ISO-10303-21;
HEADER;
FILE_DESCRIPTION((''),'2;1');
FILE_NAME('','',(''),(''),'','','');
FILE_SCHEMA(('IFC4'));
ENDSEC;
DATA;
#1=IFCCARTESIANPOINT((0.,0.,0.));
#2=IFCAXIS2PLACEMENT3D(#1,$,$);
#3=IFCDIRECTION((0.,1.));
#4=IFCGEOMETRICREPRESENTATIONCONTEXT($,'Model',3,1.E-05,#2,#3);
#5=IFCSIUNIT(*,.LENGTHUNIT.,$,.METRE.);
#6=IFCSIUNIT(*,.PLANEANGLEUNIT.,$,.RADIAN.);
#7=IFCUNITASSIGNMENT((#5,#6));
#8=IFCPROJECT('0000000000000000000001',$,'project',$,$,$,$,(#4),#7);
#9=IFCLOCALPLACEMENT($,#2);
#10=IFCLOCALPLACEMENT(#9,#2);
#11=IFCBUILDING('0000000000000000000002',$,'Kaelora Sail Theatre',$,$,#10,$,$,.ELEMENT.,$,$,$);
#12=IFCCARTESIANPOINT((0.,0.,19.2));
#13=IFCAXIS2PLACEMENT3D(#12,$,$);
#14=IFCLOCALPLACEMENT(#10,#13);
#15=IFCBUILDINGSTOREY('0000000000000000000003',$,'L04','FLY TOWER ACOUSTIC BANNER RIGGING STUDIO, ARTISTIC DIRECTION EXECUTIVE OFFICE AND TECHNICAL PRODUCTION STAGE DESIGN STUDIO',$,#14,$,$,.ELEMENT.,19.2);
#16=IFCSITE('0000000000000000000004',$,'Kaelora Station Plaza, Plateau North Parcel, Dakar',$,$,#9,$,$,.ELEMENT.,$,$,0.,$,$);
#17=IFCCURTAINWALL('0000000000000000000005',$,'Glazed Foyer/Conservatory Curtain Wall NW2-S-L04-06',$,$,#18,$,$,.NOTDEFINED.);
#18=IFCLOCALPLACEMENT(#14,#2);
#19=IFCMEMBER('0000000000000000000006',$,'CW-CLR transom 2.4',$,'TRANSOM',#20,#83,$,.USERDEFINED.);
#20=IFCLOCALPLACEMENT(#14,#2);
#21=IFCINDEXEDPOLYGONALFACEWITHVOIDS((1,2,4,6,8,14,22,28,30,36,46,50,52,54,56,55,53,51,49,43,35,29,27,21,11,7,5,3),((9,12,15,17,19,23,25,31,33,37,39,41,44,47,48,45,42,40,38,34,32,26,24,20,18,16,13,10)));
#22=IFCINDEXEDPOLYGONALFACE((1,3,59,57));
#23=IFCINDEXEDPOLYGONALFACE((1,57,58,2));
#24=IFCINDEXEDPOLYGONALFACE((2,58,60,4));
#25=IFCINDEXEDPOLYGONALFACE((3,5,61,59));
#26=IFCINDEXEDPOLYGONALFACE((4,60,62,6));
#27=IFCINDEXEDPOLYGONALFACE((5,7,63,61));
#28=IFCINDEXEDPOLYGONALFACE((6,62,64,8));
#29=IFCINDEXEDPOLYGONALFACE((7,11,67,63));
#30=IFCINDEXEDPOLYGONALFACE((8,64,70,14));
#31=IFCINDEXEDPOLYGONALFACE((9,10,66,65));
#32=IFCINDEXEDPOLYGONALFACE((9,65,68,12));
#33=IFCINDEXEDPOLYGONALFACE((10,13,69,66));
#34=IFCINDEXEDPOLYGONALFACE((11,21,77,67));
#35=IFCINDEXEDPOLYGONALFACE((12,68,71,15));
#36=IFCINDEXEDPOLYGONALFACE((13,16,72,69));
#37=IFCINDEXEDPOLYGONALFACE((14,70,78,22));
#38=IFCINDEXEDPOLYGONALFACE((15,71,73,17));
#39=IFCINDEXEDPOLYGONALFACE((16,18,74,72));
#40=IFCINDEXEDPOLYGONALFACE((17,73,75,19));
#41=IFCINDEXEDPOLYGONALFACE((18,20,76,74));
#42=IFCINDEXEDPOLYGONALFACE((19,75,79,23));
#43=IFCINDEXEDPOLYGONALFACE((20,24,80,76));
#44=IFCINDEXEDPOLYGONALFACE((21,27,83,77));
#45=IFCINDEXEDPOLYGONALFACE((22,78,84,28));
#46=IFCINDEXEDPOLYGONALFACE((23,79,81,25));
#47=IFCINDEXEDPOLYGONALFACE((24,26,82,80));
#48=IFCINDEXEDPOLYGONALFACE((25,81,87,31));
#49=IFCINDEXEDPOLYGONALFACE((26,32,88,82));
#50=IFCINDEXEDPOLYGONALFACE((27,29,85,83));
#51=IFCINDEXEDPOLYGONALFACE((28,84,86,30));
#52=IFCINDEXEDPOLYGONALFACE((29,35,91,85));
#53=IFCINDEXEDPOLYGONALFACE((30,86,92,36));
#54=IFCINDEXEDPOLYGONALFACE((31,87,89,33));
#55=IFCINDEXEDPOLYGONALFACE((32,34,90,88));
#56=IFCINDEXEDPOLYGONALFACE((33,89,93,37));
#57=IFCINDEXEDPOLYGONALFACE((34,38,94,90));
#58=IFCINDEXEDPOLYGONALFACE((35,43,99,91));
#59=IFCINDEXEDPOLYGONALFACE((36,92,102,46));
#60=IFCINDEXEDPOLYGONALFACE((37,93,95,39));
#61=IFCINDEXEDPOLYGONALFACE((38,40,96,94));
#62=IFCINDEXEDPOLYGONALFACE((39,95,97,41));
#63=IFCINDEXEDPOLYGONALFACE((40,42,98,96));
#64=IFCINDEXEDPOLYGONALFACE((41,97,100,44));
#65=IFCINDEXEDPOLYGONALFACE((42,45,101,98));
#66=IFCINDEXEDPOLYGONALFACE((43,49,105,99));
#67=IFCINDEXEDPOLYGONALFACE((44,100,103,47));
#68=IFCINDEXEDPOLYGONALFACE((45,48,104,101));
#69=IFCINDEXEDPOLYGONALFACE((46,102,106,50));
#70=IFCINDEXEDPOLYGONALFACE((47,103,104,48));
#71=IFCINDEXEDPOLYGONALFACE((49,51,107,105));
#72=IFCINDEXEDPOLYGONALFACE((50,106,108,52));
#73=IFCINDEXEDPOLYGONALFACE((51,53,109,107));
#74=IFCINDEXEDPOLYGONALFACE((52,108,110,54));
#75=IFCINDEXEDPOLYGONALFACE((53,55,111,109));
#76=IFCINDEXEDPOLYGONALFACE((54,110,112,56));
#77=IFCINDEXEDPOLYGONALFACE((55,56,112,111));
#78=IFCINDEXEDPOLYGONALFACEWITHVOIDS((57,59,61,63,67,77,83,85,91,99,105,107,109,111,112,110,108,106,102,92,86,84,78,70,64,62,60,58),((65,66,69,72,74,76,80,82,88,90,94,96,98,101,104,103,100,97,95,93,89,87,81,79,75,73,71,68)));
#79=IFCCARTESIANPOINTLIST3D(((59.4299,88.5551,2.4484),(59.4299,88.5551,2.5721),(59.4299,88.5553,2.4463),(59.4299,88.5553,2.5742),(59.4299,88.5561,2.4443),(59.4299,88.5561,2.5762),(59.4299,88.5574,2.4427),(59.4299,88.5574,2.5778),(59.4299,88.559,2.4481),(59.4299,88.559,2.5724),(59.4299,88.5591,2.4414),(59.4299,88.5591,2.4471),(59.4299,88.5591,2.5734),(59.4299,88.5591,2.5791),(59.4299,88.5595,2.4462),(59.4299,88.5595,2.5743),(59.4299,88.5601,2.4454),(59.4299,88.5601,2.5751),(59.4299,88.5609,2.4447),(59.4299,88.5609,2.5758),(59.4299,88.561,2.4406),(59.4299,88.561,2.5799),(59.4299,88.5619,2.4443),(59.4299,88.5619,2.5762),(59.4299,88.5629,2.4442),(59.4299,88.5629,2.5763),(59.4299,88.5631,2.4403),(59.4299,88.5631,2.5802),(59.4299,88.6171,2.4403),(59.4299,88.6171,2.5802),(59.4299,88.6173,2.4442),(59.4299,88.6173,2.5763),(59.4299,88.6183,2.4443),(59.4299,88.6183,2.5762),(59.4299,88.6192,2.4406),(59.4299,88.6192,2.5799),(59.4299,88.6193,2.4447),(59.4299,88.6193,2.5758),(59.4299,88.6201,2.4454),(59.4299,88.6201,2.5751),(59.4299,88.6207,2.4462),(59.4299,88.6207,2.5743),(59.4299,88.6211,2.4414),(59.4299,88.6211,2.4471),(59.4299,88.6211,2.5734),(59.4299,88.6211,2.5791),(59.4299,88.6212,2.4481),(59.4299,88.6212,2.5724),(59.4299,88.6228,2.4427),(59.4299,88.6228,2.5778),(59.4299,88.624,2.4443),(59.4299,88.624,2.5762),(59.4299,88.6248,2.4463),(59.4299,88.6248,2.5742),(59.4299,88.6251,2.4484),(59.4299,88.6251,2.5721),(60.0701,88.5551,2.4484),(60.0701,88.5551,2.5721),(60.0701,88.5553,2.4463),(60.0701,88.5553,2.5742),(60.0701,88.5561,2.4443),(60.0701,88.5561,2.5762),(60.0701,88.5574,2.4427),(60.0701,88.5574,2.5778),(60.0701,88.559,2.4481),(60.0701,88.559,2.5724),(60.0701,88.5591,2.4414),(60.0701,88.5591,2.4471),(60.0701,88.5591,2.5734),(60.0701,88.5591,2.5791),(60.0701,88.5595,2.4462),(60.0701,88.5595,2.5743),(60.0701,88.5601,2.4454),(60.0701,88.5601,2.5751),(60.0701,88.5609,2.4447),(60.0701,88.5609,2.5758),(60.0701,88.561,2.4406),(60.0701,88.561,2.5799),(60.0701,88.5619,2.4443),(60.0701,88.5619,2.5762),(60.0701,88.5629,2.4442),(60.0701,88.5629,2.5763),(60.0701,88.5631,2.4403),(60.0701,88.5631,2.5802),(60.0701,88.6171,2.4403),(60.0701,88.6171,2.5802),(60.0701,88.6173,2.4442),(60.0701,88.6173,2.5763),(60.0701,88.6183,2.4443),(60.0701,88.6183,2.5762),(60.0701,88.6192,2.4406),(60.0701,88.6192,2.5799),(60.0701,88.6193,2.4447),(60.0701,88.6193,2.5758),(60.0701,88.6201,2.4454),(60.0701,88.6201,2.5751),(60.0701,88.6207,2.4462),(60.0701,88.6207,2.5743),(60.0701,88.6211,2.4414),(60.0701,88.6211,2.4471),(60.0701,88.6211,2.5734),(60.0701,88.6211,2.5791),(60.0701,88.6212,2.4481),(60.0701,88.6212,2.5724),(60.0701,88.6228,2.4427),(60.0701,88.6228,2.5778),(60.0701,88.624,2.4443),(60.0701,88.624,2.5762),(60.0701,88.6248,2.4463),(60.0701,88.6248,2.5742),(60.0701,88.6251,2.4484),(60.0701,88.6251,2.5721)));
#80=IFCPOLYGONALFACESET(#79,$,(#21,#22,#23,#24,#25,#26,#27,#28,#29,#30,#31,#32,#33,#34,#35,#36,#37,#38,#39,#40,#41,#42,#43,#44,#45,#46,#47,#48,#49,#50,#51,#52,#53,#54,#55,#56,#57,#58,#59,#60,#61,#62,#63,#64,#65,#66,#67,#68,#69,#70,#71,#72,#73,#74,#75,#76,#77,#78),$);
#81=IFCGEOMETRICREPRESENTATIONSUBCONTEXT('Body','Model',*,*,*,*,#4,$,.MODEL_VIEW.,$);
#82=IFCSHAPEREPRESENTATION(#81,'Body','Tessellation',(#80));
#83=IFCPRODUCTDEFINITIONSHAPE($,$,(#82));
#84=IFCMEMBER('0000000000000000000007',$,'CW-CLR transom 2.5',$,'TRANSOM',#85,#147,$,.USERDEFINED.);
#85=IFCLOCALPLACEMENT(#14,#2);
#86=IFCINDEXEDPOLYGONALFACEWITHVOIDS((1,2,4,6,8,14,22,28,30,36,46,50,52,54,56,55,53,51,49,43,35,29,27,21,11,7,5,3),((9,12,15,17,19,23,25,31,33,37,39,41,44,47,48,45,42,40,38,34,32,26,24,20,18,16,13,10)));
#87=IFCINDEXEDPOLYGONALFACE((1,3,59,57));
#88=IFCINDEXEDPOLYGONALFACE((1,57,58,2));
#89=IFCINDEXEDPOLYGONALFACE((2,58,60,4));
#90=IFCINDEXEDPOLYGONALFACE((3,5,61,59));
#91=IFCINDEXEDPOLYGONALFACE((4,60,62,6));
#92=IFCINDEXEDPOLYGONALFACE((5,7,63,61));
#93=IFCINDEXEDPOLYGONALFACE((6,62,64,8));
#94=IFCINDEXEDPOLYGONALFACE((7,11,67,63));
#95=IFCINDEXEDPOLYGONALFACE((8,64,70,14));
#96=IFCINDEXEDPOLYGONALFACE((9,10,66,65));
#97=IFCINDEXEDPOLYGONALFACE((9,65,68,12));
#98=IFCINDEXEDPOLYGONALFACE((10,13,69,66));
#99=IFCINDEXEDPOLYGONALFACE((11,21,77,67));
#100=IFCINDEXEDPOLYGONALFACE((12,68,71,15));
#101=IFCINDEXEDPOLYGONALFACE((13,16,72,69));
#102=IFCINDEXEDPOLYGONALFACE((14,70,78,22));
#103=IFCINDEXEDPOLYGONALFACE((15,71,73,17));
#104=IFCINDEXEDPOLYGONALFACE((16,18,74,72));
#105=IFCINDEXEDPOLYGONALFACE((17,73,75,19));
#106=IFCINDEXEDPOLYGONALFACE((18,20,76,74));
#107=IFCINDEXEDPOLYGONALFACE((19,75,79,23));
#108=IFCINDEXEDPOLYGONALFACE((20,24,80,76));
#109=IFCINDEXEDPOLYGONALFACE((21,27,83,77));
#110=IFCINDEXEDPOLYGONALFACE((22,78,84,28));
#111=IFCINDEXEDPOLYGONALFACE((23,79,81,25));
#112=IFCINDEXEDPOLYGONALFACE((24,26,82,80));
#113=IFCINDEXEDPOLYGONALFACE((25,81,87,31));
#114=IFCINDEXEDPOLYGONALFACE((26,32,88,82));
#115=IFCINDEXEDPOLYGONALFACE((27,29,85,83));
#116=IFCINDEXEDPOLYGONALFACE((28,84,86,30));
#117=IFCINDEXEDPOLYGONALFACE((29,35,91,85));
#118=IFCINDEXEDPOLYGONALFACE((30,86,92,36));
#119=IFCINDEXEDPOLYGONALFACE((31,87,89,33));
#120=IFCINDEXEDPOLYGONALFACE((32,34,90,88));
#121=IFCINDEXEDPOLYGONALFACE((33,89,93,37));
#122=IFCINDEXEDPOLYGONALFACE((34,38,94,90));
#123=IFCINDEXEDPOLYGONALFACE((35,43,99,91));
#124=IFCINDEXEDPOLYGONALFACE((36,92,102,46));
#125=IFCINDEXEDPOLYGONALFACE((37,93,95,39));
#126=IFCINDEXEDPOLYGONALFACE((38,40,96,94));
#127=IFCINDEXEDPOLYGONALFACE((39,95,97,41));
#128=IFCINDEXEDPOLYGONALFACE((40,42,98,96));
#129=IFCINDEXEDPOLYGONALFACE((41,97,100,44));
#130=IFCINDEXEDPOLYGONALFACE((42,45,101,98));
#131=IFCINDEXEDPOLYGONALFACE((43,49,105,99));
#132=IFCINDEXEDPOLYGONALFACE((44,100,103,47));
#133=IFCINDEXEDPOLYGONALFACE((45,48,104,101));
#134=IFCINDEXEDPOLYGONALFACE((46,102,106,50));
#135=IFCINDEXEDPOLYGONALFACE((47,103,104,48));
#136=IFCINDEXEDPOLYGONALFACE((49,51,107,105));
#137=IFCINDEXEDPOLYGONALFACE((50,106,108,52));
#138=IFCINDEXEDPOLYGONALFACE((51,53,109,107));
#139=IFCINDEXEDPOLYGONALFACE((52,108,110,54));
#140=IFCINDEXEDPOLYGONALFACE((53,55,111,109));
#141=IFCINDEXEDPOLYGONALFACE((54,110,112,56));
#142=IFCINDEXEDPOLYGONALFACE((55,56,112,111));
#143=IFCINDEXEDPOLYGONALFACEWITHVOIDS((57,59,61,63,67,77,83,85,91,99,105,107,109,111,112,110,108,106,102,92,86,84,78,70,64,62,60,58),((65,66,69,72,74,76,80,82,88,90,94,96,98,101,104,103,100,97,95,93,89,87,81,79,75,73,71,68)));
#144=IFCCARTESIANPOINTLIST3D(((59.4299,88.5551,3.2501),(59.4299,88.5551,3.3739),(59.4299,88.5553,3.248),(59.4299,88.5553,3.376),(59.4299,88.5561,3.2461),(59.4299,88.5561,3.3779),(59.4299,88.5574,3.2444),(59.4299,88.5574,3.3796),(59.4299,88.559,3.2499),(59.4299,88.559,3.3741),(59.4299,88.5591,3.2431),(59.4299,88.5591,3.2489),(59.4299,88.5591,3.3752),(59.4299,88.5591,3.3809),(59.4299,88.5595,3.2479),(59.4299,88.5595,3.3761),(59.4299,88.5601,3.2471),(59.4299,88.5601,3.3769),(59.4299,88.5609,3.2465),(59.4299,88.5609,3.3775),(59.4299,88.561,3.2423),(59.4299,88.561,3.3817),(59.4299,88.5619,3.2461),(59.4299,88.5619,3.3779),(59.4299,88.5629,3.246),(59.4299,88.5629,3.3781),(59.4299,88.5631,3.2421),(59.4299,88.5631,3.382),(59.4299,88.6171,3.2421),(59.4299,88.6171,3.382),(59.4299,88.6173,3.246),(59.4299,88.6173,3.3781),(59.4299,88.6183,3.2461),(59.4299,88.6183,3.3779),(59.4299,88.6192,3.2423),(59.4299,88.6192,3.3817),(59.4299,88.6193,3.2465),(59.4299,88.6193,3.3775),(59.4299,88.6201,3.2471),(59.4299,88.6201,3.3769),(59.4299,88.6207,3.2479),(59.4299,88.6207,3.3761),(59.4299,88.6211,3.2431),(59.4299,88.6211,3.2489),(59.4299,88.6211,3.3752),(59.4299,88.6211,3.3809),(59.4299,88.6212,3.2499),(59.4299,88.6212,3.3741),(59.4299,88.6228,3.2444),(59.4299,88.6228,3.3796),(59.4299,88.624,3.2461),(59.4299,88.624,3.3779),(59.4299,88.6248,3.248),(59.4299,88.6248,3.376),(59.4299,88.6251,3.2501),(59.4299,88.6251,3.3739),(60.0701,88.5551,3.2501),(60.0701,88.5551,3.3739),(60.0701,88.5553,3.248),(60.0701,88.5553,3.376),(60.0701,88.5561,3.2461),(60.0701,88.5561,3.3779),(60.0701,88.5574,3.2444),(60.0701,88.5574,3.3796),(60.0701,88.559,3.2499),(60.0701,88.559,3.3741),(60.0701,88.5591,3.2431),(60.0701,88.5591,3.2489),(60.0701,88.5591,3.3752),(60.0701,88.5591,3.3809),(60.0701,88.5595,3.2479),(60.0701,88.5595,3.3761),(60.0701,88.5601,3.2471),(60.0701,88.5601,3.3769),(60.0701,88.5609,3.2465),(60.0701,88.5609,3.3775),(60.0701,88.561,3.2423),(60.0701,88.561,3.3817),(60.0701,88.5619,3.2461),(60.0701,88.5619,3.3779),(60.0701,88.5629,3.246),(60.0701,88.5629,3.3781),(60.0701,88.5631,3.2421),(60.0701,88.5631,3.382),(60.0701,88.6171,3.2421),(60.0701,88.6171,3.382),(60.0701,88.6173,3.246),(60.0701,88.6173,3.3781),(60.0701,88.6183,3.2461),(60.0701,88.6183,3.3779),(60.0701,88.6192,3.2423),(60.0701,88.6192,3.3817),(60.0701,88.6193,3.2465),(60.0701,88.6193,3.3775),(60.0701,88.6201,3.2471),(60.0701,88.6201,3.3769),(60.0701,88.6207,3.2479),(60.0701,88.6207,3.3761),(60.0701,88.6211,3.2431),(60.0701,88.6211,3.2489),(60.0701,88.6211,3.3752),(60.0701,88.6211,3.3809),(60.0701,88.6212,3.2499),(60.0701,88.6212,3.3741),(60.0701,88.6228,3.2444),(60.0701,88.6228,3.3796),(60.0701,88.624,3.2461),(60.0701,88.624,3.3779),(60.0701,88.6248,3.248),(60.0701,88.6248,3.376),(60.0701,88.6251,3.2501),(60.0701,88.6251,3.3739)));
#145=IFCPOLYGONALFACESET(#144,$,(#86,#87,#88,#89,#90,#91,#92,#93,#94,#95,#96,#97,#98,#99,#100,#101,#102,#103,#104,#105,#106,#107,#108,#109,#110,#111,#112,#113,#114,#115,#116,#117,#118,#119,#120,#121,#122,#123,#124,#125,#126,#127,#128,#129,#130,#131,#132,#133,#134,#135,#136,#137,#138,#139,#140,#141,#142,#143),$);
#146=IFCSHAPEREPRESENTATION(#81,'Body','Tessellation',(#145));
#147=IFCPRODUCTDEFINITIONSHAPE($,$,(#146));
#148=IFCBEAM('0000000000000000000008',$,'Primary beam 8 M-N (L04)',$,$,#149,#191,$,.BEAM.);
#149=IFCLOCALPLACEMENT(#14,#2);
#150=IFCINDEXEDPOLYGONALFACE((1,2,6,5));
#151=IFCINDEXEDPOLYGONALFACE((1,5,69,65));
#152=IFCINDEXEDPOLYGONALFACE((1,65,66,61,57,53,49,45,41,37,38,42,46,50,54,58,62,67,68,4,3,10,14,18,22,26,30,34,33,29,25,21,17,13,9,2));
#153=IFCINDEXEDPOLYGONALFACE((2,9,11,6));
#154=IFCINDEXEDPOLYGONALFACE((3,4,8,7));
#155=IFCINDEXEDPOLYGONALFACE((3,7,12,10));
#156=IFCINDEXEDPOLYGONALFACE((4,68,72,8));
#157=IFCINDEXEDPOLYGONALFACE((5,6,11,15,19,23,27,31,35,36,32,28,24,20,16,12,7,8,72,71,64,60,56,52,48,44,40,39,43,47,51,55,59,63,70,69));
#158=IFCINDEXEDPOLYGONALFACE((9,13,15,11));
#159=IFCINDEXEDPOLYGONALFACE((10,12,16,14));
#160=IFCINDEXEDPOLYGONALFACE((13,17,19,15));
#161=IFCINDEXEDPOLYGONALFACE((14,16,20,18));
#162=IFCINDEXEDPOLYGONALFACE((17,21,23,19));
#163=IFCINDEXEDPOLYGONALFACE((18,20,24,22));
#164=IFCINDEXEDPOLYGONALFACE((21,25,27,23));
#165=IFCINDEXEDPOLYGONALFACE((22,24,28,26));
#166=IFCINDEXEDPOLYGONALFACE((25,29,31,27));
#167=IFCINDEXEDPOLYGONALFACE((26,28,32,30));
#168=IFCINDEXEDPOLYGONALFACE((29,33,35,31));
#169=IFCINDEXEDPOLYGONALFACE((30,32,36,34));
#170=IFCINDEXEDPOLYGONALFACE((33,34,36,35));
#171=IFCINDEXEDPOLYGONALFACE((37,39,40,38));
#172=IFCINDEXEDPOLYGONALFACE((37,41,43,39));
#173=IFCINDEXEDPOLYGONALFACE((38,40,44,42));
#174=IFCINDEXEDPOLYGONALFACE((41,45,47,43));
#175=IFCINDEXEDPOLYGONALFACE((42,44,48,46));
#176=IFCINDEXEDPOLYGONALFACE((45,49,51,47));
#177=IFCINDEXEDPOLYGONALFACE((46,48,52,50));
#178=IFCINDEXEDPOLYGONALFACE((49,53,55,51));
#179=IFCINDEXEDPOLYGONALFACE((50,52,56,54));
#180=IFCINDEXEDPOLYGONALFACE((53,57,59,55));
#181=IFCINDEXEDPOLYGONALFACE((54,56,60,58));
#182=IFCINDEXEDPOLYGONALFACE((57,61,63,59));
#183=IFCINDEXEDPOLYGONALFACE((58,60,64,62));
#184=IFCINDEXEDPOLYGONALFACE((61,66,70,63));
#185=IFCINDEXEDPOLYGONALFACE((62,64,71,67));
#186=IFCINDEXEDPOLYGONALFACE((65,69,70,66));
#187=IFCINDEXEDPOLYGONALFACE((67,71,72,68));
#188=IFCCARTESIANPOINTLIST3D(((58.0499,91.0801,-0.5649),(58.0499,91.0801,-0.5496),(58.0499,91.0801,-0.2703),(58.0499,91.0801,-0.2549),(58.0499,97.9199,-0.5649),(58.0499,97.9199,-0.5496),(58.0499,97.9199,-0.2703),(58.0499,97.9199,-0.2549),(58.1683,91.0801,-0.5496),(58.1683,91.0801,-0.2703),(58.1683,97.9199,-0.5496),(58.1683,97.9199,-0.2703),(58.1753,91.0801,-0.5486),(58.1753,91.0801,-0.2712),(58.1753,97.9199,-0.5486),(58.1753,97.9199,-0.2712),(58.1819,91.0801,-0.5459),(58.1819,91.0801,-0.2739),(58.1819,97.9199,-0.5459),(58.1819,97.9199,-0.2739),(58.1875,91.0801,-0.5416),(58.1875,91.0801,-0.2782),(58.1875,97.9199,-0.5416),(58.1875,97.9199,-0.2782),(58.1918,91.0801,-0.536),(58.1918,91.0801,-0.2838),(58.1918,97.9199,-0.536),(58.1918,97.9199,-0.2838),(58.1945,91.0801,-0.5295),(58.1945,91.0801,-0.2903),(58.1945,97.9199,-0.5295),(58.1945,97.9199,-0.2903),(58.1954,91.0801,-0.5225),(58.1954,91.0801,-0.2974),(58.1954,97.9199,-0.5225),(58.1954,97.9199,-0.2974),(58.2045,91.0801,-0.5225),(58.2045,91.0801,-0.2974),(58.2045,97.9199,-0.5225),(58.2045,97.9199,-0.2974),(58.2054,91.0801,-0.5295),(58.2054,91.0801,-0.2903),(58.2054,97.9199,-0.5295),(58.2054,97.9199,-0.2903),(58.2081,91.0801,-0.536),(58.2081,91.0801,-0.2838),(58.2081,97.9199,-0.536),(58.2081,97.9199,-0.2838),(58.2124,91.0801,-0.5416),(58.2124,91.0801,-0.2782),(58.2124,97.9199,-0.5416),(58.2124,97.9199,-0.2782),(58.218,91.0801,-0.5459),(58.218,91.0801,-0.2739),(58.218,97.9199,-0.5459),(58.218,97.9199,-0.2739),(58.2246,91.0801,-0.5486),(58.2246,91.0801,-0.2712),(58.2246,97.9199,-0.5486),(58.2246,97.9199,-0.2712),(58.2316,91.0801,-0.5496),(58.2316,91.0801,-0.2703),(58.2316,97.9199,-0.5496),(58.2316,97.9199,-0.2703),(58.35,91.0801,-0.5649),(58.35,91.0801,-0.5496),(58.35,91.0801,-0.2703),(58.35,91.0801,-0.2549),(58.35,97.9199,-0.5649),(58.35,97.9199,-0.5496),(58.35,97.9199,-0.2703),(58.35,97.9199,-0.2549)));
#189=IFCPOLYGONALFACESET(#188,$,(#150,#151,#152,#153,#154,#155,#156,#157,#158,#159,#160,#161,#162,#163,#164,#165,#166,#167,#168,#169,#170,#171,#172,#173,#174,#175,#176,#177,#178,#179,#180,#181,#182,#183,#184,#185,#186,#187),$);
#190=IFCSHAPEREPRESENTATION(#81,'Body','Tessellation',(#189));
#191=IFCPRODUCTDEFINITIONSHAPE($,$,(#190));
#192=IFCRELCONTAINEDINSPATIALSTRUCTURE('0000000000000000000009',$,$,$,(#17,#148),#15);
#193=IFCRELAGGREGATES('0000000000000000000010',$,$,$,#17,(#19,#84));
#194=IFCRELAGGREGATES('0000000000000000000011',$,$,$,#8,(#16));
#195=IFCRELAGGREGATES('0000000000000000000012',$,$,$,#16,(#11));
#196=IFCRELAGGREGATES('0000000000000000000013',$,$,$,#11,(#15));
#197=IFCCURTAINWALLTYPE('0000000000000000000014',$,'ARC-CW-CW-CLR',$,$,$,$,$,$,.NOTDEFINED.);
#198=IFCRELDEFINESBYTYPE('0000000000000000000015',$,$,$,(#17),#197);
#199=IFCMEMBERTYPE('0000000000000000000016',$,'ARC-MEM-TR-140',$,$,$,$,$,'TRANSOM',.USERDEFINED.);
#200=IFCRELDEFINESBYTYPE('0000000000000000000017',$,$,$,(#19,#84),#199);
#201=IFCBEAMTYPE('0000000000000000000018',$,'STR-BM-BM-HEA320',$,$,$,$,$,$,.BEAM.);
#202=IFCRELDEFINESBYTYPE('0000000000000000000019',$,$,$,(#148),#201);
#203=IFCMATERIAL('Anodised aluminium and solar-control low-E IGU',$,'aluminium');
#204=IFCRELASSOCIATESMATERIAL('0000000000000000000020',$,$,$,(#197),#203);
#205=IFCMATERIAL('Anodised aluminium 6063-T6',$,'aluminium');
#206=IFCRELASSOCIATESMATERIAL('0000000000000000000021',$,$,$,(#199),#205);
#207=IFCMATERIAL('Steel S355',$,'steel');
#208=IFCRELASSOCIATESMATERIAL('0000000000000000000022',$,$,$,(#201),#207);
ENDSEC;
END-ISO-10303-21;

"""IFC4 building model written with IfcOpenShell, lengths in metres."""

from ifc_helpers import new_model, si_unit, direction, frame, origin, origin_2d, place, context, subcontext, project, spatial, hollow_rectangle, i_section, extrude, material, material_profile, profile_set, type_object, element, aggregate, save


model = new_model("IFC4")

# Units and contexts
model_context = context("Model", 3, precision=1e-05, world=origin(), true_north=direction((0.0, 1.0)))
body_context = subcontext(model_context, "Body", "Model", "MODEL_VIEW")
ifc_project = project(units=[si_unit("LENGTHUNIT", "METRE"), si_unit("PLANEANGLEUNIT", "RADIAN")], contexts=[model_context])

# Site, building, storey
site_placement = place(None, origin())
site = spatial("IfcSite", under=ifc_project, at=site_placement, Name="Kaelora Station Plaza, Plateau North Parcel, Dakar", CompositionType="ELEMENT", RefElevation=0.0)
building_placement = place(site_placement, origin())
building = spatial("IfcBuilding", under=site, at=building_placement, Name="Kaelora Sail Theatre", CompositionType="ELEMENT")
storey_placement = place(building_placement, frame((0.0, 0.0, 19.2)))
storey = spatial("IfcBuildingStorey", under=building, at=storey_placement, Name="L04", Description="FLY TOWER ACOUSTIC BANNER RIGGING STUDIO, ARTISTIC DIRECTION EXECUTIVE OFFICE AND TECHNICAL PRODUCTION STAGE DESIGN STUDIO", CompositionType="ELEMENT", Elevation=19.2)

# Curtain wall, members
ifc_material_1 = material(Name="Anodised aluminium and solar-control low-E IGU", Category="aluminium")
curtain_wall_type = type_object("IfcCurtainWallType", Name="ARC-CW-CW-CLR", PredefinedType="NOTDEFINED", material=ifc_material_1)
curtain_wall_placement = place(storey_placement, origin())
curtain_wall = element("IfcCurtainWall", 1, at=curtain_wall_placement, inside=storey, type_object=curtain_wall_type, Name="Glazed Foyer/Conservatory Curtain Wall NW2-S-L04-06", PredefinedType="NOTDEFINED")
ifc_material_2 = material(Name="Anodised aluminium 6063-T6", Category="aluminium")
ifc_material_profile_1 = material_profile(ifc_material_2, hollow_rectangle(XDim=0.0701, YDim=0.1399, WallThickness=0.0039, InnerFilletRadius=0.0039, OuterFilletRadius=0.0081, at=origin_2d()), Name="ALU-TRAN 70x140x4")
ifc_profile_set_1 = profile_set([ifc_material_profile_1], Name="Anodised aluminium 6063-T6")
member_type_1 = type_object("IfcMemberType", Name="ARC-MEM-TR-140", ElementType="TRANSOM", PredefinedType="USERDEFINED", material=ifc_profile_set_1)
member_1_placement = place(storey_placement, frame((59.4299, 88.5901, 2.5103), z_axis=(1.0, 0.0, 0.0), x_axis=(0.0, 1.0, 0.0)))
member_1 = element("IfcMember", 2, at=member_1_placement, type_object=member_type_1, Name="CW-CLR transom 2.4", ObjectType="TRANSOM", PredefinedType="USERDEFINED", context=body_context, shape_type="SweptSolid", body=[
    extrude(hollow_rectangle(XDim=0.0701, YDim=0.1399, WallThickness=0.0039, InnerFilletRadius=0.0039, OuterFilletRadius=0.0081, at=origin_2d()), origin(), (0.0, 0.0, 1.0), 0.6401),
])
member_2_placement = place(storey_placement, frame((59.4299, 88.5901, 3.312), z_axis=(1.0, 0.0, 0.0), x_axis=(0.0, 1.0, 0.0)))
member_2 = element("IfcMember", 3, at=member_2_placement, type_object=member_type_1, Name="CW-CLR transom 2.5", ObjectType="TRANSOM", PredefinedType="USERDEFINED", context=body_context, shape_type="SweptSolid", body=[
    extrude(hollow_rectangle(XDim=0.0701, YDim=0.1399, WallThickness=0.0039, InnerFilletRadius=0.0039, OuterFilletRadius=0.0081, at=origin_2d()), origin(), (0.0, 0.0, 1.0), 0.6401),
])

# Beam
ifc_material_3 = material(Name="Steel S355", Category="steel")
ifc_material_profile_2 = material_profile(ifc_material_3, i_section(OverallWidth=0.3, OverallDepth=0.3101, WebThickness=0.009, FlangeThickness=0.0154, FilletRadius=0.0271, at=origin_2d()), Name="HEA 320")
ifc_profile_set_2 = profile_set([ifc_material_profile_2], Name="Steel S355")
beam_type_1 = type_object("IfcBeamType", Name="STR-BM-BM-HEA320", PredefinedType="BEAM", material=ifc_profile_set_2)
beam_1_placement = place(storey_placement, frame((58.2, 91.0801, -0.4099), z_axis=(0.0, 1.0, 0.0), x_axis=(-1.0, 0.0, 0.0)))
element("IfcBeam", 4, at=beam_1_placement, inside=storey, type_object=beam_type_1, Name="Primary beam 8 M-N (L04)", PredefinedType="BEAM", context=body_context, shape_type="SweptSolid", body=[
    extrude(i_section(OverallWidth=0.3, OverallDepth=0.3101, WebThickness=0.009, FlangeThickness=0.0154, FilletRadius=0.0271, at=origin_2d()), origin(), (0.0, 0.0, 1.0), 6.8398),
])

aggregate(curtain_wall, [member_1, member_2])

save(model, "model.ifc")
